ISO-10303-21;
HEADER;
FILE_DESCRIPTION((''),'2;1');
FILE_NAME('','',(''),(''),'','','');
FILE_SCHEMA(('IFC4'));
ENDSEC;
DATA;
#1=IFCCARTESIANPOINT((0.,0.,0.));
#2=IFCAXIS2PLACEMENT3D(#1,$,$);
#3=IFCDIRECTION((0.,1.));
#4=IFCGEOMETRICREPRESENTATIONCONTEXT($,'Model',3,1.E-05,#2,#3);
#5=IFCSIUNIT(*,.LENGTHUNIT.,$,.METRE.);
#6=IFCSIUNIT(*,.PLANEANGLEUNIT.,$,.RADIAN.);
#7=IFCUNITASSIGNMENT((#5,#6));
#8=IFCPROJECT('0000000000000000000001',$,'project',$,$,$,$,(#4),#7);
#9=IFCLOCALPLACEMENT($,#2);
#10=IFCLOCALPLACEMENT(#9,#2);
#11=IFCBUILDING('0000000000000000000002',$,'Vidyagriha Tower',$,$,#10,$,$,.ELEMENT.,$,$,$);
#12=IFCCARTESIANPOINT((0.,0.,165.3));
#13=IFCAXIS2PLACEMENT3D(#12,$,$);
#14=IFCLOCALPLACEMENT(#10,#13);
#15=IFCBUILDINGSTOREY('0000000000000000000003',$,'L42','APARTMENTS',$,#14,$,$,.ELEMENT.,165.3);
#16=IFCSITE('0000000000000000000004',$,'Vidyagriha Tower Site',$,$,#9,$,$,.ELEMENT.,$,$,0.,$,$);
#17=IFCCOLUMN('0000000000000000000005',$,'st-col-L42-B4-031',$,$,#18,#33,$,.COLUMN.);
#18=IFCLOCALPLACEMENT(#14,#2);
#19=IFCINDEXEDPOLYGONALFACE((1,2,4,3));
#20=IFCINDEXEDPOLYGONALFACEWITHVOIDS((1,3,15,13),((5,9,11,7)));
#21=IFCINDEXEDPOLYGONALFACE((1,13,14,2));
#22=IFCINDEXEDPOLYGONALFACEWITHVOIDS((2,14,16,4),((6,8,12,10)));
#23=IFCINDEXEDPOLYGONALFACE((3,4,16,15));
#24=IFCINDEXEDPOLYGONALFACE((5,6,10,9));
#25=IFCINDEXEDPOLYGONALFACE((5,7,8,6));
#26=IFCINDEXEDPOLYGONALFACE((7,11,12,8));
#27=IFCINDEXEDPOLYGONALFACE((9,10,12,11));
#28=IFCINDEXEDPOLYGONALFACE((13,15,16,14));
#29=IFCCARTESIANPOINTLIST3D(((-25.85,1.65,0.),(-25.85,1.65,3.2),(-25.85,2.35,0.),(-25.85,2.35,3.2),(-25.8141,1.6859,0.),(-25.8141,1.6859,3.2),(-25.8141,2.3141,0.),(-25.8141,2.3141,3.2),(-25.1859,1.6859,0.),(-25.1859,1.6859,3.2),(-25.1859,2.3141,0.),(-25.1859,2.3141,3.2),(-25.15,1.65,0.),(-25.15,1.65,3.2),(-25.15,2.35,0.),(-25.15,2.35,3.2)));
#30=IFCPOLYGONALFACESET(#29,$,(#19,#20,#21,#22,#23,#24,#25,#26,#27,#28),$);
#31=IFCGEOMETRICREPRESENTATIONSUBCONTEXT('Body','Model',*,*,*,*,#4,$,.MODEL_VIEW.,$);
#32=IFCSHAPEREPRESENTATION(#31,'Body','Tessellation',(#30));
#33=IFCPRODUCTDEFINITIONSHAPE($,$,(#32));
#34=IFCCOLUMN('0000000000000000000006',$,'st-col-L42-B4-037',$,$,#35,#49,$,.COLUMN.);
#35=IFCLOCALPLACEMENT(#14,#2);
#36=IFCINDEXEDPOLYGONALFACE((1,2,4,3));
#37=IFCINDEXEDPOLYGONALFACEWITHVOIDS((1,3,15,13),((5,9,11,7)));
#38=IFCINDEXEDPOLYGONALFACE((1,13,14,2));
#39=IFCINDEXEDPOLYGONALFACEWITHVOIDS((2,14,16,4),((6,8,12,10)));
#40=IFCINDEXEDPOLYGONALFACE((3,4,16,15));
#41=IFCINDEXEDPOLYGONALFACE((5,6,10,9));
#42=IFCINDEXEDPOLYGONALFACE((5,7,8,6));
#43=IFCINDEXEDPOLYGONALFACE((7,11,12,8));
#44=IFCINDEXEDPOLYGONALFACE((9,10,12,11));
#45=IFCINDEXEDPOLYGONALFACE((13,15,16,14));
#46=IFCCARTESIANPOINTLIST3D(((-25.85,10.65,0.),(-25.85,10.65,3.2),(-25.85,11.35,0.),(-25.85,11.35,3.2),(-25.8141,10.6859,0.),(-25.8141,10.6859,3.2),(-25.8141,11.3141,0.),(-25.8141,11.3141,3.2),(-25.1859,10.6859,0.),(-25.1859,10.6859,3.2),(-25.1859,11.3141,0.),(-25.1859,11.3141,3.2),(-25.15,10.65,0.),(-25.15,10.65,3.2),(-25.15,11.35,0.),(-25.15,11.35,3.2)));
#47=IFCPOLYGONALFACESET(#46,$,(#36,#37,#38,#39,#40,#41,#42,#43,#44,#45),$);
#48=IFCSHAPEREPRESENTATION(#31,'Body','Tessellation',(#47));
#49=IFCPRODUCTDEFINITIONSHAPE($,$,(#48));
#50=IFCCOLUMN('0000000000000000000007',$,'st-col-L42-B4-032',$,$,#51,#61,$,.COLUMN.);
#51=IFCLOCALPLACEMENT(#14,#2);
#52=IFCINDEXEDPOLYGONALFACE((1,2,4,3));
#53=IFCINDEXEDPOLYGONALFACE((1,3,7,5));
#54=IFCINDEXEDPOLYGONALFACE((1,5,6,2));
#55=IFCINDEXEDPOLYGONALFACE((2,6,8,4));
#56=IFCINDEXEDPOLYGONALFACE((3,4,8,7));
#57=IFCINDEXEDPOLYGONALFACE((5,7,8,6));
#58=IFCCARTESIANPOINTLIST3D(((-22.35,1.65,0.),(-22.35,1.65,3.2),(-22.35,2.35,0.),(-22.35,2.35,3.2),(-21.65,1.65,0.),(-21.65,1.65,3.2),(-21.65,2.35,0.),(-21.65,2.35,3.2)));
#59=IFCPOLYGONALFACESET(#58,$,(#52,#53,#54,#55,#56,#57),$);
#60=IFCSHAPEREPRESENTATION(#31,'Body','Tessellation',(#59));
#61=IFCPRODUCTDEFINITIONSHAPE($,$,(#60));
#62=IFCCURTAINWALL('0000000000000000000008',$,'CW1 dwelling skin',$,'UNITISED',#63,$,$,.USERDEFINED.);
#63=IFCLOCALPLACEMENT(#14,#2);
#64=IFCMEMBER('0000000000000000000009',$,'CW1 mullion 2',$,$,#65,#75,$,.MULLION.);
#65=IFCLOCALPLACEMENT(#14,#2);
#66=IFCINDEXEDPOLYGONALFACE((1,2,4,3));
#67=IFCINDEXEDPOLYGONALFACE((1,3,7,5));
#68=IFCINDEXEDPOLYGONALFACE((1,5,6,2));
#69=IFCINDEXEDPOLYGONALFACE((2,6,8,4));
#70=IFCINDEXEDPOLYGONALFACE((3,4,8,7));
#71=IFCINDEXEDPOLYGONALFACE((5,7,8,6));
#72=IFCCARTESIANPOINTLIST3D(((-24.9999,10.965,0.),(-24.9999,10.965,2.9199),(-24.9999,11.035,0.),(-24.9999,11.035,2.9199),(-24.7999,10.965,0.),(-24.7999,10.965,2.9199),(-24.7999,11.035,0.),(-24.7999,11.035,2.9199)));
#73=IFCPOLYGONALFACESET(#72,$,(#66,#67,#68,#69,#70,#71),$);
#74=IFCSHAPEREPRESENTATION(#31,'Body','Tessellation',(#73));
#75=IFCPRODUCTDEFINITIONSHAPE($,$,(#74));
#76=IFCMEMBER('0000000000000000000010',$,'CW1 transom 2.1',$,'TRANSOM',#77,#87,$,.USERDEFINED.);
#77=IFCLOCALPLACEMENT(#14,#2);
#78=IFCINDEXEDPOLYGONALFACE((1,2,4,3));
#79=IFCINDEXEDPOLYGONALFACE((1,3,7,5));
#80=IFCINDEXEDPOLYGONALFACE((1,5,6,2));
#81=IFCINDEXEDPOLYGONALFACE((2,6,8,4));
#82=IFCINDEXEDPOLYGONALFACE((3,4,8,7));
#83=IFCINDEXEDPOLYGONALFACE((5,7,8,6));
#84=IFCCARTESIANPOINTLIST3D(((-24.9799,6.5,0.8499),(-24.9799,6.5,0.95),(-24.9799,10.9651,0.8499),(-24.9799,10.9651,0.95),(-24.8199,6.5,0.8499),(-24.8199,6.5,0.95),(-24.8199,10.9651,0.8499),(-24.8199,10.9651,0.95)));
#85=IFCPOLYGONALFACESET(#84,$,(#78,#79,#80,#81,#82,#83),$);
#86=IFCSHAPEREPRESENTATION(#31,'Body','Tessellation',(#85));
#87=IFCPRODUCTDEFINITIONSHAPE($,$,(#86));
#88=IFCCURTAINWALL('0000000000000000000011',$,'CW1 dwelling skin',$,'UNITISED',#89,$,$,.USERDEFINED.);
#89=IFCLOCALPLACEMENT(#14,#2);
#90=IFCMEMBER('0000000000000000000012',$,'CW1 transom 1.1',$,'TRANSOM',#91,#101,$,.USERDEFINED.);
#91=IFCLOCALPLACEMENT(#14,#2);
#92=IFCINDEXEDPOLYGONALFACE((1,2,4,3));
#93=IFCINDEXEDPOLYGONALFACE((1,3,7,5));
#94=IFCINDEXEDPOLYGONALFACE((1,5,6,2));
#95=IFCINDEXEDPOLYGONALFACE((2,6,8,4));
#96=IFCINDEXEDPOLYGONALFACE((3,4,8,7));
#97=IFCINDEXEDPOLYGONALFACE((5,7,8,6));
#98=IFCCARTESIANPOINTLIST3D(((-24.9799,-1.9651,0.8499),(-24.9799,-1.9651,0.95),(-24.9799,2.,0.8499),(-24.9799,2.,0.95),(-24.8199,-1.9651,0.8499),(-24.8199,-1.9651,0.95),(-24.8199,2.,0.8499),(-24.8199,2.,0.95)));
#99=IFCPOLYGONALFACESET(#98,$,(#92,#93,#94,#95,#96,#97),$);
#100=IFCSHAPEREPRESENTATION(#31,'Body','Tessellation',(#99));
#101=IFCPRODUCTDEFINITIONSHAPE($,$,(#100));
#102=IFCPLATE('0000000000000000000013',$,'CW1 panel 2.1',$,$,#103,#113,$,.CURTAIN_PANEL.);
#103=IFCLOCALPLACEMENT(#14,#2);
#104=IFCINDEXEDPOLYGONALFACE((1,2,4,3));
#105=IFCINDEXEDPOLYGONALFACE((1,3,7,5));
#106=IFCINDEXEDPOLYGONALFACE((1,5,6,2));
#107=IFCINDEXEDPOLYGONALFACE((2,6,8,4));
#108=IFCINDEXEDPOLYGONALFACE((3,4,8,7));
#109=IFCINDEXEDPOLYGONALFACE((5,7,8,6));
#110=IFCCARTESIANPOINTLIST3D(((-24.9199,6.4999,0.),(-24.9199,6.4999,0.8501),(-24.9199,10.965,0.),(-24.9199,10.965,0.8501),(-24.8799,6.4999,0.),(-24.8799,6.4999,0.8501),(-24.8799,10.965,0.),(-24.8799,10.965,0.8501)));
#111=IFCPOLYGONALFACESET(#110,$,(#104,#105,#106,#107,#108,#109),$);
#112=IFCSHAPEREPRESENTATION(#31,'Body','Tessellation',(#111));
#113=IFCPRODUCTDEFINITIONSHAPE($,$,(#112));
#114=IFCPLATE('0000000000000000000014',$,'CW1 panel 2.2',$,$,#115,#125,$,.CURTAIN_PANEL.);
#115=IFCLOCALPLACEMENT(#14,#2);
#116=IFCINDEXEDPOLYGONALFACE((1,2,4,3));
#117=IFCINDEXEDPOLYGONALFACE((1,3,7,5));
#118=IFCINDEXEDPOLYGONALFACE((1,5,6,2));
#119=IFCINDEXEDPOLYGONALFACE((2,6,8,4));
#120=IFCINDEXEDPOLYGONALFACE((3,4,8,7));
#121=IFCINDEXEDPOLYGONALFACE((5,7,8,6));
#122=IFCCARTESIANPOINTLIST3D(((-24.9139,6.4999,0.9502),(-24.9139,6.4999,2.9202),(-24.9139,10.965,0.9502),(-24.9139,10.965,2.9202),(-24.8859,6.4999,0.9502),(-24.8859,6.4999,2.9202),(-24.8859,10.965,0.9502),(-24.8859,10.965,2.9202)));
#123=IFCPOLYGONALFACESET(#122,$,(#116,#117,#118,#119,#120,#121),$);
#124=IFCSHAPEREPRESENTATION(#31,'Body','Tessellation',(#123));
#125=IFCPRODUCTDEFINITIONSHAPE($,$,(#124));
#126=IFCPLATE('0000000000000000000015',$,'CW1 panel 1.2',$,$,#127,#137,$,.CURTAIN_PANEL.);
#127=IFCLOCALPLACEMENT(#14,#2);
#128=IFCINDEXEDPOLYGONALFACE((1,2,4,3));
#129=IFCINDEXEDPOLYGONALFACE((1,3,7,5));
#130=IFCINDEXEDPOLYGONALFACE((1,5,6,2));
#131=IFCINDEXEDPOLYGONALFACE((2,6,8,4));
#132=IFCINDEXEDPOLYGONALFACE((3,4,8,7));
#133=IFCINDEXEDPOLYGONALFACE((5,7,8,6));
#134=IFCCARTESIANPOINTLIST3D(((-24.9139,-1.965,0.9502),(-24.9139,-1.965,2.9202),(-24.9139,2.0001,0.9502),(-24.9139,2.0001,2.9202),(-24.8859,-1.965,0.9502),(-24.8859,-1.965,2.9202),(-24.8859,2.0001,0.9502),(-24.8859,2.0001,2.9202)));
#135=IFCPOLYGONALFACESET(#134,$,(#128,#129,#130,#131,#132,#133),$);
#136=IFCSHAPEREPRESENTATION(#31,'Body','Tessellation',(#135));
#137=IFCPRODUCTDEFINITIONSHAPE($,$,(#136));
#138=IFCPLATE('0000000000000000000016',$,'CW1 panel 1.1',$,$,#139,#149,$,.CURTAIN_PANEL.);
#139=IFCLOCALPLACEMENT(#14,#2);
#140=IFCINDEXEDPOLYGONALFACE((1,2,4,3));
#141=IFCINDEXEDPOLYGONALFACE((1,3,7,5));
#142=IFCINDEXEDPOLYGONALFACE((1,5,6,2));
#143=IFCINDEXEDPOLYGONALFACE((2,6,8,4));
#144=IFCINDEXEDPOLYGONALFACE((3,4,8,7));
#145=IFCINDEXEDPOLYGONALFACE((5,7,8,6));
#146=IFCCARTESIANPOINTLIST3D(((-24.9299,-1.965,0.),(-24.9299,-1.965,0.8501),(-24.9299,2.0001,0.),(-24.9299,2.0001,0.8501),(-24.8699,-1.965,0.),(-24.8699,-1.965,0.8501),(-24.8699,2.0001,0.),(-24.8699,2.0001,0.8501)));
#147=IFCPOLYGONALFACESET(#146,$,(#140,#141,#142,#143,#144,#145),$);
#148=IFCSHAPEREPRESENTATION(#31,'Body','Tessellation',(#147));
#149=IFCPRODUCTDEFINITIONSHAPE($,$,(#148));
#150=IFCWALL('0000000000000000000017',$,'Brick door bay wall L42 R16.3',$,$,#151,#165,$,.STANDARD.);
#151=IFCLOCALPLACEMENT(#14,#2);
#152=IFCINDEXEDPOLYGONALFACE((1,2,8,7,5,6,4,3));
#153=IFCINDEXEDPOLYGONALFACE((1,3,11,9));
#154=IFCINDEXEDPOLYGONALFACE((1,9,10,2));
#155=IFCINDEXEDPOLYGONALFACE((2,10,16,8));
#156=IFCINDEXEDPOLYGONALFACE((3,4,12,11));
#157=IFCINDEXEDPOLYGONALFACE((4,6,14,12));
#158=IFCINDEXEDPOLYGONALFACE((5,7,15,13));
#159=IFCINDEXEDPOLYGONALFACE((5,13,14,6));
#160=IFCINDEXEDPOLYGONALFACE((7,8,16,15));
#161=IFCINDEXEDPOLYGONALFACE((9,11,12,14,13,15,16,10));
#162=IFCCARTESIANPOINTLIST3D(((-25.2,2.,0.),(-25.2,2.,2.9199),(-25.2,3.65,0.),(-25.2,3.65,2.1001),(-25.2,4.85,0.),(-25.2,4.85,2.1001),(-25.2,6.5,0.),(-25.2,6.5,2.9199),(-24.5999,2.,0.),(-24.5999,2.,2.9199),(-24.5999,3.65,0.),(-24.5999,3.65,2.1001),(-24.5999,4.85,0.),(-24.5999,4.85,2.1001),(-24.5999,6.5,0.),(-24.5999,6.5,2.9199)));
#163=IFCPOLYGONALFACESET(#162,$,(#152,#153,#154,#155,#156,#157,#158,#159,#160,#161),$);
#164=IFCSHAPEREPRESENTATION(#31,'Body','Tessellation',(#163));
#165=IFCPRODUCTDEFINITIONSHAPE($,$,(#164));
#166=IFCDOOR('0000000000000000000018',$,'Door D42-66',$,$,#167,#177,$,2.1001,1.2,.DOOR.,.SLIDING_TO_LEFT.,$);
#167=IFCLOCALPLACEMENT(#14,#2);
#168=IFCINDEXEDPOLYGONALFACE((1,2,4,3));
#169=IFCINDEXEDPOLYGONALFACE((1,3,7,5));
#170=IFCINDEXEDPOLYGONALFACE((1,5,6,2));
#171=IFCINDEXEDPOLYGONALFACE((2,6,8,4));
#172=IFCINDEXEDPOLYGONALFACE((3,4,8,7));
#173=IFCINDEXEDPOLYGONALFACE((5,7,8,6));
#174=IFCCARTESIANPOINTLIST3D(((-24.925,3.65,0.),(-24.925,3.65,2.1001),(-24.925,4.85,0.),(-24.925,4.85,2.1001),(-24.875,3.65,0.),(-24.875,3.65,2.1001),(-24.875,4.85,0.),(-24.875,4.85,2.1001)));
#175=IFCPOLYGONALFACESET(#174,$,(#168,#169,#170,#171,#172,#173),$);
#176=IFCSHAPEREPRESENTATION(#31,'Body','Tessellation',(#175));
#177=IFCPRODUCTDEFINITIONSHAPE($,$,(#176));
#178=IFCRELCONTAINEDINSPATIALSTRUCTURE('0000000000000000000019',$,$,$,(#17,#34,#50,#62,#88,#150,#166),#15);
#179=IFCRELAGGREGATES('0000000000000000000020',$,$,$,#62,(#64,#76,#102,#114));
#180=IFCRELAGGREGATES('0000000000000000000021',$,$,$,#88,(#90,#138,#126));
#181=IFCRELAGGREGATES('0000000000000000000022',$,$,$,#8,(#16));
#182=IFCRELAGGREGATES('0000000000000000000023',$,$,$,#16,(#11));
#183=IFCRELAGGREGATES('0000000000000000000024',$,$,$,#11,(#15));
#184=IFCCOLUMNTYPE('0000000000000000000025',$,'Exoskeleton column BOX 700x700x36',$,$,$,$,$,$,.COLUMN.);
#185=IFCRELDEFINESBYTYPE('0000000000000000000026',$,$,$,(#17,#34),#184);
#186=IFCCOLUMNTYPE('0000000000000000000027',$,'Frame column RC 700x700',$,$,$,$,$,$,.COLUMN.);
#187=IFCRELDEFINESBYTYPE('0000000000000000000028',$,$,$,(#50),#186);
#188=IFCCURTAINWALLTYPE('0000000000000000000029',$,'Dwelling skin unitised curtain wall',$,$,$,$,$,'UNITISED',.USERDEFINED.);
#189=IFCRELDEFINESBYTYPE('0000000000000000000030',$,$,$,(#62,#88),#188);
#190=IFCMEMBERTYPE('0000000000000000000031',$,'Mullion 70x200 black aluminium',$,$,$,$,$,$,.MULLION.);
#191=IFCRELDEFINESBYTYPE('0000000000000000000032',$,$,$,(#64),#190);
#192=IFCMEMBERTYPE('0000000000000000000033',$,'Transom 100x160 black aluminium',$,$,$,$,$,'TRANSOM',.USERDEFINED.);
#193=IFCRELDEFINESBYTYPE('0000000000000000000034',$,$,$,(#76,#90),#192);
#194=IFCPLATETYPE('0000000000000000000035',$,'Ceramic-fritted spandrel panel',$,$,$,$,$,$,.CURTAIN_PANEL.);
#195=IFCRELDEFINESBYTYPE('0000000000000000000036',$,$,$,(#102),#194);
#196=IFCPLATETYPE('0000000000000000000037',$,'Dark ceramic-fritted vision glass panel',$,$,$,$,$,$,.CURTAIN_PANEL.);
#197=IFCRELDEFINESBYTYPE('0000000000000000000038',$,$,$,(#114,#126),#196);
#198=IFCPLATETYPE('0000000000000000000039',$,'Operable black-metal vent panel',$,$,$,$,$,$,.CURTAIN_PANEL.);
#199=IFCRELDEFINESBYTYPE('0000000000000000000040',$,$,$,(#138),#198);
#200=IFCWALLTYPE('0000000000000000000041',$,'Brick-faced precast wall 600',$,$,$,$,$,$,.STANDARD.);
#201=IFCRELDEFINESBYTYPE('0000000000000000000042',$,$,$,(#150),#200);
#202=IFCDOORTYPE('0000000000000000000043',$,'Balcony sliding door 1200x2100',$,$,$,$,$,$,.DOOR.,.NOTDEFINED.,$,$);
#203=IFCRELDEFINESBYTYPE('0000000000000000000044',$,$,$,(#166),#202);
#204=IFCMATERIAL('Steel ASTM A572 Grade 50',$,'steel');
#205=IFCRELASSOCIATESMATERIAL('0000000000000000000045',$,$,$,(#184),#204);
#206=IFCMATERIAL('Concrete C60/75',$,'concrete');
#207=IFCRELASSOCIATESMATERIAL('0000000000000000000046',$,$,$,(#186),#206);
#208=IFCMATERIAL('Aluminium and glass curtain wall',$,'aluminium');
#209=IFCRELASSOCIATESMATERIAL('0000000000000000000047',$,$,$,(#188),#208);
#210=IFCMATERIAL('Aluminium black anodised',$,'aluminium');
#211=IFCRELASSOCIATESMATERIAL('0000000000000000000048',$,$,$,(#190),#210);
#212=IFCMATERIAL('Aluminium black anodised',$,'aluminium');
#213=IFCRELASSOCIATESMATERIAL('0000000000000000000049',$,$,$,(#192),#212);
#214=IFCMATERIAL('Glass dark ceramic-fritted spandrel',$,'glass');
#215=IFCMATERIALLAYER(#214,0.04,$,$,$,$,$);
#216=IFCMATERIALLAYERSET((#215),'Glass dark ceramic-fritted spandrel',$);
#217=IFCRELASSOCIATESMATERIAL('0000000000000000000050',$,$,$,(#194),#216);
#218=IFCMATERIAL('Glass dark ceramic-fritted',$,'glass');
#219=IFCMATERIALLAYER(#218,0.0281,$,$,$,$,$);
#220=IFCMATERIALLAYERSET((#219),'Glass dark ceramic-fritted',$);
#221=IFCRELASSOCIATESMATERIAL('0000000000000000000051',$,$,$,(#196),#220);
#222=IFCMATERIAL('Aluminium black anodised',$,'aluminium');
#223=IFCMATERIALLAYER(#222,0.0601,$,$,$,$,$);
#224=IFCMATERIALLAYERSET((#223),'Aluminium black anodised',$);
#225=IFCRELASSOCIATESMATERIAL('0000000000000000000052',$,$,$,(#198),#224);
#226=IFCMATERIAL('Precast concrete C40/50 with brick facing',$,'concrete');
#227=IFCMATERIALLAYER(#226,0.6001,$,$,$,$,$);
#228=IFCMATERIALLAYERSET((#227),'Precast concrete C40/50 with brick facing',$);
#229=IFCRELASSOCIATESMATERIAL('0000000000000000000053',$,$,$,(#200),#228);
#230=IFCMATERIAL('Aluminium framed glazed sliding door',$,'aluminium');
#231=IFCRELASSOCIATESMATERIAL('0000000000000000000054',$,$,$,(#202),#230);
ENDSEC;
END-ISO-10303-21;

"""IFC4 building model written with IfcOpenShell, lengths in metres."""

from ifc_helpers import new_model, si_unit, direction, frame, frame_2d, origin, origin_2d, place, context, subcontext, project, spatial, rectangle, hollow_rectangle, extrude, material, layer, layer_set, material_profile, profile_set, type_object, element, fill, aggregate, save


model = new_model("IFC4")

# Units and contexts
model_context = context("Model", 3, precision=1e-05, world=origin(), true_north=direction((0.0, 1.0)))
body_context = subcontext(model_context, "Body", "Model", "MODEL_VIEW")
ifc_project = project(units=[si_unit("LENGTHUNIT", "METRE"), si_unit("PLANEANGLEUNIT", "RADIAN")], contexts=[model_context])

# Site, building, storey
site_placement = place(None, origin())
site = spatial("IfcSite", under=ifc_project, at=site_placement, Name="Vidyagriha Tower Site", CompositionType="ELEMENT", RefElevation=0.0)
building_placement = place(site_placement, origin())
building = spatial("IfcBuilding", under=site, at=building_placement, Name="Vidyagriha Tower", CompositionType="ELEMENT")
storey_placement = place(building_placement, frame((0.0, 0.0, 165.3)))
storey = spatial("IfcBuildingStorey", under=building, at=storey_placement, Name="L42", Description="APARTMENTS", CompositionType="ELEMENT", Elevation=165.3)

# Columns
ifc_material_1 = material(Name="Steel ASTM A572 Grade 50", Category="steel")
ifc_material_profile_1 = material_profile(ifc_material_1, hollow_rectangle(XDim=0.7, YDim=0.7, WallThickness=0.0359, at=origin_2d()), Name="BOX 700x700x36")
ifc_profile_set_1 = profile_set([ifc_material_profile_1], Name="Steel ASTM A572 Grade 50")
column_type_1 = type_object("IfcColumnType", Name="Exoskeleton column BOX 700x700x36", PredefinedType="COLUMN", material=ifc_profile_set_1)
for number, where, name in (
    (1, (-25.5, 2.0, 0.0), "st-col-L42-B4-031"),
    (2, (-25.5, 11.0, 0.0), "st-col-L42-B4-037"),
):
    element("IfcColumn", number, at=place(storey_placement, frame(where)), inside=storey, type_object=column_type_1, Name=name, PredefinedType="COLUMN", context=body_context, shape_type="SweptSolid", body=[
        extrude(hollow_rectangle(XDim=0.7, YDim=0.7, WallThickness=0.0359, at=origin_2d()), origin(), (0.0, 0.0, 1.0), 3.2),
    ])
ifc_material_2 = material(Name="Concrete C60/75", Category="concrete")
ifc_material_profile_2 = material_profile(ifc_material_2, rectangle(XDim=0.7, YDim=0.7, at=origin_2d()), Name="RC 700x700")
ifc_profile_set_2 = profile_set([ifc_material_profile_2], Name="Concrete C60/75")
column_type_2 = type_object("IfcColumnType", Name="Frame column RC 700x700", PredefinedType="COLUMN", material=ifc_profile_set_2)
column_placement = place(storey_placement, frame((-22.0, 2.0, 0.0)))
element("IfcColumn", 3, at=column_placement, inside=storey, type_object=column_type_2, Name="st-col-L42-B4-032", PredefinedType="COLUMN", context=body_context, shape_type="SweptSolid", body=[
    extrude(rectangle(XDim=0.7, YDim=0.7, at=origin_2d()), origin(), (0.0, 0.0, 1.0), 3.2),
])

# Curtain wall, members
ifc_material_3 = material(Name="Aluminium and glass curtain wall", Category="aluminium")
curtain_wall_type = type_object("IfcCurtainWallType", Name="Dwelling skin unitised curtain wall", ElementType="UNITISED", PredefinedType="USERDEFINED", material=ifc_material_3)
curtain_wall_1_placement = place(storey_placement, origin())
curtain_wall_1 = element("IfcCurtainWall", 4, at=curtain_wall_1_placement, inside=storey, type_object=curtain_wall_type, Name="CW1 dwelling skin", ObjectType="UNITISED", PredefinedType="USERDEFINED")
ifc_material_4 = material(Name="Aluminium black anodised", Category="aluminium")
ifc_material_profile_3 = material_profile(ifc_material_4, rectangle(XDim=0.2, YDim=0.0701, at=origin_2d()), Name="Mullion 70x200 black aluminium")
ifc_profile_set_3 = profile_set([ifc_material_profile_3], Name="Aluminium black anodised")
member_type_1 = type_object("IfcMemberType", Name="Mullion 70x200 black aluminium", PredefinedType="MULLION", material=ifc_profile_set_3)
member_1_placement = place(storey_placement, frame((-24.8999, 11.0, 0.0)))
member_1 = element("IfcMember", 5, at=member_1_placement, type_object=member_type_1, Name="CW1 mullion 2", PredefinedType="MULLION", context=body_context, shape_type="SweptSolid", body=[
    extrude(rectangle(XDim=0.2, YDim=0.0701, at=origin_2d()), origin(), (0.0, 0.0, 1.0), 2.9199),
])
ifc_material_5 = material(Name="Aluminium black anodised", Category="aluminium")
ifc_material_profile_4 = material_profile(ifc_material_5, rectangle(XDim=0.1599, YDim=0.1001, at=origin_2d()), Name="Transom 100x160 black aluminium")
ifc_profile_set_4 = profile_set([ifc_material_profile_4], Name="Aluminium black anodised")
member_type_2 = type_object("IfcMemberType", Name="Transom 100x160 black aluminium", ElementType="TRANSOM", PredefinedType="USERDEFINED", material=ifc_profile_set_4)
member_2_placement = place(storey_placement, frame((-24.8999, 10.9651, 0.8999), z_axis=(0.0, -1.0, 0.0), x_axis=(1.0, 0.0, 0.0)))
member_2 = element("IfcMember", 6, at=member_2_placement, type_object=member_type_2, Name="CW1 transom 2.1", ObjectType="TRANSOM", PredefinedType="USERDEFINED", context=body_context, shape_type="SweptSolid", body=[
    extrude(rectangle(XDim=0.1599, YDim=0.1001, at=origin_2d()), origin(), (0.0, 0.0, 1.0), 4.4651),
])

# Curtain wall, member
curtain_wall_2_placement = place(storey_placement, origin())
curtain_wall_2 = element("IfcCurtainWall", 7, at=curtain_wall_2_placement, inside=storey, type_object=curtain_wall_type, Name="CW1 dwelling skin", ObjectType="UNITISED", PredefinedType="USERDEFINED")
member_3_placement = place(storey_placement, frame((-24.8999, 2.0, 0.8999), z_axis=(0.0, -1.0, 0.0), x_axis=(1.0, 0.0, 0.0)))
member_3 = element("IfcMember", 8, at=member_3_placement, type_object=member_type_2, Name="CW1 transom 1.1", ObjectType="TRANSOM", PredefinedType="USERDEFINED", context=body_context, shape_type="SweptSolid", body=[
    extrude(rectangle(XDim=0.1599, YDim=0.1001, at=origin_2d()), origin(), (0.0, 0.0, 1.0), 3.9651),
])

# Plates
ifc_material_6 = material(Name="Glass dark ceramic-fritted spandrel", Category="glass")
ifc_layer_1 = layer(ifc_material_6, 0.04)
ifc_layer_set_1 = layer_set([ifc_layer_1], Name="Glass dark ceramic-fritted spandrel")
plate_type_1 = type_object("IfcPlateType", Name="Ceramic-fritted spandrel panel", PredefinedType="CURTAIN_PANEL", material=ifc_layer_set_1)
plate_1_placement = place(storey_placement, frame((-24.8999, 8.7324, 0.0), z_axis=(0.0, 0.0, 1.0), x_axis=(0.0, -1.0, 0.0)))
plate_1 = element("IfcPlate", 9, at=plate_1_placement, type_object=plate_type_1, Name="CW1 panel 2.1", PredefinedType="CURTAIN_PANEL", context=body_context, shape_type="SweptSolid", body=[
    extrude(rectangle(XDim=4.4651, YDim=0.04, at=origin_2d()), origin(), (0.0, 0.0, 1.0), 0.8501),
])
ifc_material_7 = material(Name="Glass dark ceramic-fritted", Category="glass")
ifc_layer_2 = layer(ifc_material_7, 0.0281)
ifc_layer_set_2 = layer_set([ifc_layer_2], Name="Glass dark ceramic-fritted")
plate_type_2 = type_object("IfcPlateType", Name="Dark ceramic-fritted vision glass panel", PredefinedType="CURTAIN_PANEL", material=ifc_layer_set_2)
plate_2_placement = place(storey_placement, frame((-24.8999, 8.7324, 0.9502), z_axis=(0.0, 0.0, 1.0), x_axis=(0.0, -1.0, 0.0)))
plate_2 = element("IfcPlate", 10, at=plate_2_placement, type_object=plate_type_2, Name="CW1 panel 2.2", PredefinedType="CURTAIN_PANEL", context=body_context, shape_type="SweptSolid", body=[
    extrude(rectangle(XDim=4.4651, YDim=0.0281, at=origin_2d()), origin(), (0.0, 0.0, 1.0), 1.97),
])
aggregate(curtain_wall_1, [member_1, member_2, plate_1, plate_2])
plate_3_placement = place(storey_placement, frame((-24.8999, 0.0176, 0.9502), z_axis=(0.0, 0.0, 1.0), x_axis=(0.0, -1.0, 0.0)))
plate_3 = element("IfcPlate", 11, at=plate_3_placement, type_object=plate_type_2, Name="CW1 panel 1.2", PredefinedType="CURTAIN_PANEL", context=body_context, shape_type="SweptSolid", body=[
    extrude(rectangle(XDim=3.9651, YDim=0.0281, at=origin_2d()), origin(), (0.0, 0.0, 1.0), 1.97),
])
ifc_material_8 = material(Name="Aluminium black anodised", Category="aluminium")
ifc_layer_3 = layer(ifc_material_8, 0.0601)
ifc_layer_set_3 = layer_set([ifc_layer_3], Name="Aluminium black anodised")
plate_type_3 = type_object("IfcPlateType", Name="Operable black-metal vent panel", PredefinedType="CURTAIN_PANEL", material=ifc_layer_set_3)
plate_4_placement = place(storey_placement, frame((-24.8999, 0.0176, 0.0), z_axis=(0.0, 0.0, 1.0), x_axis=(0.0, -1.0, 0.0)))
plate_4 = element("IfcPlate", 12, at=plate_4_placement, type_object=plate_type_3, Name="CW1 panel 1.1", PredefinedType="CURTAIN_PANEL", context=body_context, shape_type="SweptSolid", body=[
    extrude(rectangle(XDim=3.9651, YDim=0.0601, at=origin_2d()), origin(), (0.0, 0.0, 1.0), 0.8501),
])
aggregate(curtain_wall_2, [member_3, plate_4, plate_3])

# Wall, opening, door
ifc_material_9 = material(Name="Precast concrete C40/50 with brick facing", Category="concrete")
ifc_layer_4 = layer(ifc_material_9, 0.6001)
ifc_layer_set_4 = layer_set([ifc_layer_4], Name="Precast concrete C40/50 with brick facing")
wall_type_1 = type_object("IfcWallType", Name="Brick-faced precast wall 600", PredefinedType="STANDARD", material=ifc_layer_set_4)
wall_1_placement = place(storey_placement, frame((-24.8999, 6.5, 0.0), z_axis=(0.0, 0.0, 1.0), x_axis=(0.0, -1.0, 0.0)))
wall_1 = element("IfcWall", 13, at=wall_1_placement, inside=storey, type_object=wall_type_1, Name="Brick door bay wall L42 R16.3", PredefinedType="STANDARD", context=body_context, shape_type="SweptSolid", body=[
    extrude(rectangle(XDim=4.5, YDim=0.6001, at=frame_2d((2.25, 0.0))), origin(), (0.0, 0.0, 1.0), 2.9199),
])
opening_1_placement = place(wall_1_placement, frame((1.6499, 0.0, 0.0)))
opening_1 = element("IfcOpeningElement", 14, at=opening_1_placement, cuts=wall_1, PredefinedType="OPENING", context=body_context, shape_type="SweptSolid", body=[
    extrude(rectangle(XDim=1.2, YDim=2.1001, at=frame_2d((0.6001, 1.05))), frame((0.0, 0.3101, 0.0), z_axis=(0.0, -1.0, 0.0), x_axis=(1.0, 0.0, 0.0)), (0.0, 0.0, 1.0), 0.6201),
])
ifc_material_10 = material(Name="Aluminium framed glazed sliding door", Category="aluminium")
door_type_1 = type_object("IfcDoorType", Name="Balcony sliding door 1200x2100", OperationType="NOTDEFINED", PredefinedType="DOOR", material=ifc_material_10)
door_1_placement = place(opening_1_placement, origin())
door_1 = element("IfcDoor", 15, at=door_1_placement, inside=storey, type_object=door_type_1, Name="Door D42-66", OperationType="SLIDING_TO_LEFT", OverallHeight=2.1001, OverallWidth=1.2, PredefinedType="DOOR", context=body_context, shape_type="SweptSolid", body=[
    extrude(rectangle(XDim=1.2, YDim=2.1001, at=frame_2d((0.6001, 1.05))), frame((0.0, 0.0249, 0.0), z_axis=(0.0, -1.0, 0.0), x_axis=(1.0, 0.0, 0.0)), (0.0, 0.0, 1.0), 0.05),
])
fill(opening_1, door_1)

save(model, "model.ifc")
